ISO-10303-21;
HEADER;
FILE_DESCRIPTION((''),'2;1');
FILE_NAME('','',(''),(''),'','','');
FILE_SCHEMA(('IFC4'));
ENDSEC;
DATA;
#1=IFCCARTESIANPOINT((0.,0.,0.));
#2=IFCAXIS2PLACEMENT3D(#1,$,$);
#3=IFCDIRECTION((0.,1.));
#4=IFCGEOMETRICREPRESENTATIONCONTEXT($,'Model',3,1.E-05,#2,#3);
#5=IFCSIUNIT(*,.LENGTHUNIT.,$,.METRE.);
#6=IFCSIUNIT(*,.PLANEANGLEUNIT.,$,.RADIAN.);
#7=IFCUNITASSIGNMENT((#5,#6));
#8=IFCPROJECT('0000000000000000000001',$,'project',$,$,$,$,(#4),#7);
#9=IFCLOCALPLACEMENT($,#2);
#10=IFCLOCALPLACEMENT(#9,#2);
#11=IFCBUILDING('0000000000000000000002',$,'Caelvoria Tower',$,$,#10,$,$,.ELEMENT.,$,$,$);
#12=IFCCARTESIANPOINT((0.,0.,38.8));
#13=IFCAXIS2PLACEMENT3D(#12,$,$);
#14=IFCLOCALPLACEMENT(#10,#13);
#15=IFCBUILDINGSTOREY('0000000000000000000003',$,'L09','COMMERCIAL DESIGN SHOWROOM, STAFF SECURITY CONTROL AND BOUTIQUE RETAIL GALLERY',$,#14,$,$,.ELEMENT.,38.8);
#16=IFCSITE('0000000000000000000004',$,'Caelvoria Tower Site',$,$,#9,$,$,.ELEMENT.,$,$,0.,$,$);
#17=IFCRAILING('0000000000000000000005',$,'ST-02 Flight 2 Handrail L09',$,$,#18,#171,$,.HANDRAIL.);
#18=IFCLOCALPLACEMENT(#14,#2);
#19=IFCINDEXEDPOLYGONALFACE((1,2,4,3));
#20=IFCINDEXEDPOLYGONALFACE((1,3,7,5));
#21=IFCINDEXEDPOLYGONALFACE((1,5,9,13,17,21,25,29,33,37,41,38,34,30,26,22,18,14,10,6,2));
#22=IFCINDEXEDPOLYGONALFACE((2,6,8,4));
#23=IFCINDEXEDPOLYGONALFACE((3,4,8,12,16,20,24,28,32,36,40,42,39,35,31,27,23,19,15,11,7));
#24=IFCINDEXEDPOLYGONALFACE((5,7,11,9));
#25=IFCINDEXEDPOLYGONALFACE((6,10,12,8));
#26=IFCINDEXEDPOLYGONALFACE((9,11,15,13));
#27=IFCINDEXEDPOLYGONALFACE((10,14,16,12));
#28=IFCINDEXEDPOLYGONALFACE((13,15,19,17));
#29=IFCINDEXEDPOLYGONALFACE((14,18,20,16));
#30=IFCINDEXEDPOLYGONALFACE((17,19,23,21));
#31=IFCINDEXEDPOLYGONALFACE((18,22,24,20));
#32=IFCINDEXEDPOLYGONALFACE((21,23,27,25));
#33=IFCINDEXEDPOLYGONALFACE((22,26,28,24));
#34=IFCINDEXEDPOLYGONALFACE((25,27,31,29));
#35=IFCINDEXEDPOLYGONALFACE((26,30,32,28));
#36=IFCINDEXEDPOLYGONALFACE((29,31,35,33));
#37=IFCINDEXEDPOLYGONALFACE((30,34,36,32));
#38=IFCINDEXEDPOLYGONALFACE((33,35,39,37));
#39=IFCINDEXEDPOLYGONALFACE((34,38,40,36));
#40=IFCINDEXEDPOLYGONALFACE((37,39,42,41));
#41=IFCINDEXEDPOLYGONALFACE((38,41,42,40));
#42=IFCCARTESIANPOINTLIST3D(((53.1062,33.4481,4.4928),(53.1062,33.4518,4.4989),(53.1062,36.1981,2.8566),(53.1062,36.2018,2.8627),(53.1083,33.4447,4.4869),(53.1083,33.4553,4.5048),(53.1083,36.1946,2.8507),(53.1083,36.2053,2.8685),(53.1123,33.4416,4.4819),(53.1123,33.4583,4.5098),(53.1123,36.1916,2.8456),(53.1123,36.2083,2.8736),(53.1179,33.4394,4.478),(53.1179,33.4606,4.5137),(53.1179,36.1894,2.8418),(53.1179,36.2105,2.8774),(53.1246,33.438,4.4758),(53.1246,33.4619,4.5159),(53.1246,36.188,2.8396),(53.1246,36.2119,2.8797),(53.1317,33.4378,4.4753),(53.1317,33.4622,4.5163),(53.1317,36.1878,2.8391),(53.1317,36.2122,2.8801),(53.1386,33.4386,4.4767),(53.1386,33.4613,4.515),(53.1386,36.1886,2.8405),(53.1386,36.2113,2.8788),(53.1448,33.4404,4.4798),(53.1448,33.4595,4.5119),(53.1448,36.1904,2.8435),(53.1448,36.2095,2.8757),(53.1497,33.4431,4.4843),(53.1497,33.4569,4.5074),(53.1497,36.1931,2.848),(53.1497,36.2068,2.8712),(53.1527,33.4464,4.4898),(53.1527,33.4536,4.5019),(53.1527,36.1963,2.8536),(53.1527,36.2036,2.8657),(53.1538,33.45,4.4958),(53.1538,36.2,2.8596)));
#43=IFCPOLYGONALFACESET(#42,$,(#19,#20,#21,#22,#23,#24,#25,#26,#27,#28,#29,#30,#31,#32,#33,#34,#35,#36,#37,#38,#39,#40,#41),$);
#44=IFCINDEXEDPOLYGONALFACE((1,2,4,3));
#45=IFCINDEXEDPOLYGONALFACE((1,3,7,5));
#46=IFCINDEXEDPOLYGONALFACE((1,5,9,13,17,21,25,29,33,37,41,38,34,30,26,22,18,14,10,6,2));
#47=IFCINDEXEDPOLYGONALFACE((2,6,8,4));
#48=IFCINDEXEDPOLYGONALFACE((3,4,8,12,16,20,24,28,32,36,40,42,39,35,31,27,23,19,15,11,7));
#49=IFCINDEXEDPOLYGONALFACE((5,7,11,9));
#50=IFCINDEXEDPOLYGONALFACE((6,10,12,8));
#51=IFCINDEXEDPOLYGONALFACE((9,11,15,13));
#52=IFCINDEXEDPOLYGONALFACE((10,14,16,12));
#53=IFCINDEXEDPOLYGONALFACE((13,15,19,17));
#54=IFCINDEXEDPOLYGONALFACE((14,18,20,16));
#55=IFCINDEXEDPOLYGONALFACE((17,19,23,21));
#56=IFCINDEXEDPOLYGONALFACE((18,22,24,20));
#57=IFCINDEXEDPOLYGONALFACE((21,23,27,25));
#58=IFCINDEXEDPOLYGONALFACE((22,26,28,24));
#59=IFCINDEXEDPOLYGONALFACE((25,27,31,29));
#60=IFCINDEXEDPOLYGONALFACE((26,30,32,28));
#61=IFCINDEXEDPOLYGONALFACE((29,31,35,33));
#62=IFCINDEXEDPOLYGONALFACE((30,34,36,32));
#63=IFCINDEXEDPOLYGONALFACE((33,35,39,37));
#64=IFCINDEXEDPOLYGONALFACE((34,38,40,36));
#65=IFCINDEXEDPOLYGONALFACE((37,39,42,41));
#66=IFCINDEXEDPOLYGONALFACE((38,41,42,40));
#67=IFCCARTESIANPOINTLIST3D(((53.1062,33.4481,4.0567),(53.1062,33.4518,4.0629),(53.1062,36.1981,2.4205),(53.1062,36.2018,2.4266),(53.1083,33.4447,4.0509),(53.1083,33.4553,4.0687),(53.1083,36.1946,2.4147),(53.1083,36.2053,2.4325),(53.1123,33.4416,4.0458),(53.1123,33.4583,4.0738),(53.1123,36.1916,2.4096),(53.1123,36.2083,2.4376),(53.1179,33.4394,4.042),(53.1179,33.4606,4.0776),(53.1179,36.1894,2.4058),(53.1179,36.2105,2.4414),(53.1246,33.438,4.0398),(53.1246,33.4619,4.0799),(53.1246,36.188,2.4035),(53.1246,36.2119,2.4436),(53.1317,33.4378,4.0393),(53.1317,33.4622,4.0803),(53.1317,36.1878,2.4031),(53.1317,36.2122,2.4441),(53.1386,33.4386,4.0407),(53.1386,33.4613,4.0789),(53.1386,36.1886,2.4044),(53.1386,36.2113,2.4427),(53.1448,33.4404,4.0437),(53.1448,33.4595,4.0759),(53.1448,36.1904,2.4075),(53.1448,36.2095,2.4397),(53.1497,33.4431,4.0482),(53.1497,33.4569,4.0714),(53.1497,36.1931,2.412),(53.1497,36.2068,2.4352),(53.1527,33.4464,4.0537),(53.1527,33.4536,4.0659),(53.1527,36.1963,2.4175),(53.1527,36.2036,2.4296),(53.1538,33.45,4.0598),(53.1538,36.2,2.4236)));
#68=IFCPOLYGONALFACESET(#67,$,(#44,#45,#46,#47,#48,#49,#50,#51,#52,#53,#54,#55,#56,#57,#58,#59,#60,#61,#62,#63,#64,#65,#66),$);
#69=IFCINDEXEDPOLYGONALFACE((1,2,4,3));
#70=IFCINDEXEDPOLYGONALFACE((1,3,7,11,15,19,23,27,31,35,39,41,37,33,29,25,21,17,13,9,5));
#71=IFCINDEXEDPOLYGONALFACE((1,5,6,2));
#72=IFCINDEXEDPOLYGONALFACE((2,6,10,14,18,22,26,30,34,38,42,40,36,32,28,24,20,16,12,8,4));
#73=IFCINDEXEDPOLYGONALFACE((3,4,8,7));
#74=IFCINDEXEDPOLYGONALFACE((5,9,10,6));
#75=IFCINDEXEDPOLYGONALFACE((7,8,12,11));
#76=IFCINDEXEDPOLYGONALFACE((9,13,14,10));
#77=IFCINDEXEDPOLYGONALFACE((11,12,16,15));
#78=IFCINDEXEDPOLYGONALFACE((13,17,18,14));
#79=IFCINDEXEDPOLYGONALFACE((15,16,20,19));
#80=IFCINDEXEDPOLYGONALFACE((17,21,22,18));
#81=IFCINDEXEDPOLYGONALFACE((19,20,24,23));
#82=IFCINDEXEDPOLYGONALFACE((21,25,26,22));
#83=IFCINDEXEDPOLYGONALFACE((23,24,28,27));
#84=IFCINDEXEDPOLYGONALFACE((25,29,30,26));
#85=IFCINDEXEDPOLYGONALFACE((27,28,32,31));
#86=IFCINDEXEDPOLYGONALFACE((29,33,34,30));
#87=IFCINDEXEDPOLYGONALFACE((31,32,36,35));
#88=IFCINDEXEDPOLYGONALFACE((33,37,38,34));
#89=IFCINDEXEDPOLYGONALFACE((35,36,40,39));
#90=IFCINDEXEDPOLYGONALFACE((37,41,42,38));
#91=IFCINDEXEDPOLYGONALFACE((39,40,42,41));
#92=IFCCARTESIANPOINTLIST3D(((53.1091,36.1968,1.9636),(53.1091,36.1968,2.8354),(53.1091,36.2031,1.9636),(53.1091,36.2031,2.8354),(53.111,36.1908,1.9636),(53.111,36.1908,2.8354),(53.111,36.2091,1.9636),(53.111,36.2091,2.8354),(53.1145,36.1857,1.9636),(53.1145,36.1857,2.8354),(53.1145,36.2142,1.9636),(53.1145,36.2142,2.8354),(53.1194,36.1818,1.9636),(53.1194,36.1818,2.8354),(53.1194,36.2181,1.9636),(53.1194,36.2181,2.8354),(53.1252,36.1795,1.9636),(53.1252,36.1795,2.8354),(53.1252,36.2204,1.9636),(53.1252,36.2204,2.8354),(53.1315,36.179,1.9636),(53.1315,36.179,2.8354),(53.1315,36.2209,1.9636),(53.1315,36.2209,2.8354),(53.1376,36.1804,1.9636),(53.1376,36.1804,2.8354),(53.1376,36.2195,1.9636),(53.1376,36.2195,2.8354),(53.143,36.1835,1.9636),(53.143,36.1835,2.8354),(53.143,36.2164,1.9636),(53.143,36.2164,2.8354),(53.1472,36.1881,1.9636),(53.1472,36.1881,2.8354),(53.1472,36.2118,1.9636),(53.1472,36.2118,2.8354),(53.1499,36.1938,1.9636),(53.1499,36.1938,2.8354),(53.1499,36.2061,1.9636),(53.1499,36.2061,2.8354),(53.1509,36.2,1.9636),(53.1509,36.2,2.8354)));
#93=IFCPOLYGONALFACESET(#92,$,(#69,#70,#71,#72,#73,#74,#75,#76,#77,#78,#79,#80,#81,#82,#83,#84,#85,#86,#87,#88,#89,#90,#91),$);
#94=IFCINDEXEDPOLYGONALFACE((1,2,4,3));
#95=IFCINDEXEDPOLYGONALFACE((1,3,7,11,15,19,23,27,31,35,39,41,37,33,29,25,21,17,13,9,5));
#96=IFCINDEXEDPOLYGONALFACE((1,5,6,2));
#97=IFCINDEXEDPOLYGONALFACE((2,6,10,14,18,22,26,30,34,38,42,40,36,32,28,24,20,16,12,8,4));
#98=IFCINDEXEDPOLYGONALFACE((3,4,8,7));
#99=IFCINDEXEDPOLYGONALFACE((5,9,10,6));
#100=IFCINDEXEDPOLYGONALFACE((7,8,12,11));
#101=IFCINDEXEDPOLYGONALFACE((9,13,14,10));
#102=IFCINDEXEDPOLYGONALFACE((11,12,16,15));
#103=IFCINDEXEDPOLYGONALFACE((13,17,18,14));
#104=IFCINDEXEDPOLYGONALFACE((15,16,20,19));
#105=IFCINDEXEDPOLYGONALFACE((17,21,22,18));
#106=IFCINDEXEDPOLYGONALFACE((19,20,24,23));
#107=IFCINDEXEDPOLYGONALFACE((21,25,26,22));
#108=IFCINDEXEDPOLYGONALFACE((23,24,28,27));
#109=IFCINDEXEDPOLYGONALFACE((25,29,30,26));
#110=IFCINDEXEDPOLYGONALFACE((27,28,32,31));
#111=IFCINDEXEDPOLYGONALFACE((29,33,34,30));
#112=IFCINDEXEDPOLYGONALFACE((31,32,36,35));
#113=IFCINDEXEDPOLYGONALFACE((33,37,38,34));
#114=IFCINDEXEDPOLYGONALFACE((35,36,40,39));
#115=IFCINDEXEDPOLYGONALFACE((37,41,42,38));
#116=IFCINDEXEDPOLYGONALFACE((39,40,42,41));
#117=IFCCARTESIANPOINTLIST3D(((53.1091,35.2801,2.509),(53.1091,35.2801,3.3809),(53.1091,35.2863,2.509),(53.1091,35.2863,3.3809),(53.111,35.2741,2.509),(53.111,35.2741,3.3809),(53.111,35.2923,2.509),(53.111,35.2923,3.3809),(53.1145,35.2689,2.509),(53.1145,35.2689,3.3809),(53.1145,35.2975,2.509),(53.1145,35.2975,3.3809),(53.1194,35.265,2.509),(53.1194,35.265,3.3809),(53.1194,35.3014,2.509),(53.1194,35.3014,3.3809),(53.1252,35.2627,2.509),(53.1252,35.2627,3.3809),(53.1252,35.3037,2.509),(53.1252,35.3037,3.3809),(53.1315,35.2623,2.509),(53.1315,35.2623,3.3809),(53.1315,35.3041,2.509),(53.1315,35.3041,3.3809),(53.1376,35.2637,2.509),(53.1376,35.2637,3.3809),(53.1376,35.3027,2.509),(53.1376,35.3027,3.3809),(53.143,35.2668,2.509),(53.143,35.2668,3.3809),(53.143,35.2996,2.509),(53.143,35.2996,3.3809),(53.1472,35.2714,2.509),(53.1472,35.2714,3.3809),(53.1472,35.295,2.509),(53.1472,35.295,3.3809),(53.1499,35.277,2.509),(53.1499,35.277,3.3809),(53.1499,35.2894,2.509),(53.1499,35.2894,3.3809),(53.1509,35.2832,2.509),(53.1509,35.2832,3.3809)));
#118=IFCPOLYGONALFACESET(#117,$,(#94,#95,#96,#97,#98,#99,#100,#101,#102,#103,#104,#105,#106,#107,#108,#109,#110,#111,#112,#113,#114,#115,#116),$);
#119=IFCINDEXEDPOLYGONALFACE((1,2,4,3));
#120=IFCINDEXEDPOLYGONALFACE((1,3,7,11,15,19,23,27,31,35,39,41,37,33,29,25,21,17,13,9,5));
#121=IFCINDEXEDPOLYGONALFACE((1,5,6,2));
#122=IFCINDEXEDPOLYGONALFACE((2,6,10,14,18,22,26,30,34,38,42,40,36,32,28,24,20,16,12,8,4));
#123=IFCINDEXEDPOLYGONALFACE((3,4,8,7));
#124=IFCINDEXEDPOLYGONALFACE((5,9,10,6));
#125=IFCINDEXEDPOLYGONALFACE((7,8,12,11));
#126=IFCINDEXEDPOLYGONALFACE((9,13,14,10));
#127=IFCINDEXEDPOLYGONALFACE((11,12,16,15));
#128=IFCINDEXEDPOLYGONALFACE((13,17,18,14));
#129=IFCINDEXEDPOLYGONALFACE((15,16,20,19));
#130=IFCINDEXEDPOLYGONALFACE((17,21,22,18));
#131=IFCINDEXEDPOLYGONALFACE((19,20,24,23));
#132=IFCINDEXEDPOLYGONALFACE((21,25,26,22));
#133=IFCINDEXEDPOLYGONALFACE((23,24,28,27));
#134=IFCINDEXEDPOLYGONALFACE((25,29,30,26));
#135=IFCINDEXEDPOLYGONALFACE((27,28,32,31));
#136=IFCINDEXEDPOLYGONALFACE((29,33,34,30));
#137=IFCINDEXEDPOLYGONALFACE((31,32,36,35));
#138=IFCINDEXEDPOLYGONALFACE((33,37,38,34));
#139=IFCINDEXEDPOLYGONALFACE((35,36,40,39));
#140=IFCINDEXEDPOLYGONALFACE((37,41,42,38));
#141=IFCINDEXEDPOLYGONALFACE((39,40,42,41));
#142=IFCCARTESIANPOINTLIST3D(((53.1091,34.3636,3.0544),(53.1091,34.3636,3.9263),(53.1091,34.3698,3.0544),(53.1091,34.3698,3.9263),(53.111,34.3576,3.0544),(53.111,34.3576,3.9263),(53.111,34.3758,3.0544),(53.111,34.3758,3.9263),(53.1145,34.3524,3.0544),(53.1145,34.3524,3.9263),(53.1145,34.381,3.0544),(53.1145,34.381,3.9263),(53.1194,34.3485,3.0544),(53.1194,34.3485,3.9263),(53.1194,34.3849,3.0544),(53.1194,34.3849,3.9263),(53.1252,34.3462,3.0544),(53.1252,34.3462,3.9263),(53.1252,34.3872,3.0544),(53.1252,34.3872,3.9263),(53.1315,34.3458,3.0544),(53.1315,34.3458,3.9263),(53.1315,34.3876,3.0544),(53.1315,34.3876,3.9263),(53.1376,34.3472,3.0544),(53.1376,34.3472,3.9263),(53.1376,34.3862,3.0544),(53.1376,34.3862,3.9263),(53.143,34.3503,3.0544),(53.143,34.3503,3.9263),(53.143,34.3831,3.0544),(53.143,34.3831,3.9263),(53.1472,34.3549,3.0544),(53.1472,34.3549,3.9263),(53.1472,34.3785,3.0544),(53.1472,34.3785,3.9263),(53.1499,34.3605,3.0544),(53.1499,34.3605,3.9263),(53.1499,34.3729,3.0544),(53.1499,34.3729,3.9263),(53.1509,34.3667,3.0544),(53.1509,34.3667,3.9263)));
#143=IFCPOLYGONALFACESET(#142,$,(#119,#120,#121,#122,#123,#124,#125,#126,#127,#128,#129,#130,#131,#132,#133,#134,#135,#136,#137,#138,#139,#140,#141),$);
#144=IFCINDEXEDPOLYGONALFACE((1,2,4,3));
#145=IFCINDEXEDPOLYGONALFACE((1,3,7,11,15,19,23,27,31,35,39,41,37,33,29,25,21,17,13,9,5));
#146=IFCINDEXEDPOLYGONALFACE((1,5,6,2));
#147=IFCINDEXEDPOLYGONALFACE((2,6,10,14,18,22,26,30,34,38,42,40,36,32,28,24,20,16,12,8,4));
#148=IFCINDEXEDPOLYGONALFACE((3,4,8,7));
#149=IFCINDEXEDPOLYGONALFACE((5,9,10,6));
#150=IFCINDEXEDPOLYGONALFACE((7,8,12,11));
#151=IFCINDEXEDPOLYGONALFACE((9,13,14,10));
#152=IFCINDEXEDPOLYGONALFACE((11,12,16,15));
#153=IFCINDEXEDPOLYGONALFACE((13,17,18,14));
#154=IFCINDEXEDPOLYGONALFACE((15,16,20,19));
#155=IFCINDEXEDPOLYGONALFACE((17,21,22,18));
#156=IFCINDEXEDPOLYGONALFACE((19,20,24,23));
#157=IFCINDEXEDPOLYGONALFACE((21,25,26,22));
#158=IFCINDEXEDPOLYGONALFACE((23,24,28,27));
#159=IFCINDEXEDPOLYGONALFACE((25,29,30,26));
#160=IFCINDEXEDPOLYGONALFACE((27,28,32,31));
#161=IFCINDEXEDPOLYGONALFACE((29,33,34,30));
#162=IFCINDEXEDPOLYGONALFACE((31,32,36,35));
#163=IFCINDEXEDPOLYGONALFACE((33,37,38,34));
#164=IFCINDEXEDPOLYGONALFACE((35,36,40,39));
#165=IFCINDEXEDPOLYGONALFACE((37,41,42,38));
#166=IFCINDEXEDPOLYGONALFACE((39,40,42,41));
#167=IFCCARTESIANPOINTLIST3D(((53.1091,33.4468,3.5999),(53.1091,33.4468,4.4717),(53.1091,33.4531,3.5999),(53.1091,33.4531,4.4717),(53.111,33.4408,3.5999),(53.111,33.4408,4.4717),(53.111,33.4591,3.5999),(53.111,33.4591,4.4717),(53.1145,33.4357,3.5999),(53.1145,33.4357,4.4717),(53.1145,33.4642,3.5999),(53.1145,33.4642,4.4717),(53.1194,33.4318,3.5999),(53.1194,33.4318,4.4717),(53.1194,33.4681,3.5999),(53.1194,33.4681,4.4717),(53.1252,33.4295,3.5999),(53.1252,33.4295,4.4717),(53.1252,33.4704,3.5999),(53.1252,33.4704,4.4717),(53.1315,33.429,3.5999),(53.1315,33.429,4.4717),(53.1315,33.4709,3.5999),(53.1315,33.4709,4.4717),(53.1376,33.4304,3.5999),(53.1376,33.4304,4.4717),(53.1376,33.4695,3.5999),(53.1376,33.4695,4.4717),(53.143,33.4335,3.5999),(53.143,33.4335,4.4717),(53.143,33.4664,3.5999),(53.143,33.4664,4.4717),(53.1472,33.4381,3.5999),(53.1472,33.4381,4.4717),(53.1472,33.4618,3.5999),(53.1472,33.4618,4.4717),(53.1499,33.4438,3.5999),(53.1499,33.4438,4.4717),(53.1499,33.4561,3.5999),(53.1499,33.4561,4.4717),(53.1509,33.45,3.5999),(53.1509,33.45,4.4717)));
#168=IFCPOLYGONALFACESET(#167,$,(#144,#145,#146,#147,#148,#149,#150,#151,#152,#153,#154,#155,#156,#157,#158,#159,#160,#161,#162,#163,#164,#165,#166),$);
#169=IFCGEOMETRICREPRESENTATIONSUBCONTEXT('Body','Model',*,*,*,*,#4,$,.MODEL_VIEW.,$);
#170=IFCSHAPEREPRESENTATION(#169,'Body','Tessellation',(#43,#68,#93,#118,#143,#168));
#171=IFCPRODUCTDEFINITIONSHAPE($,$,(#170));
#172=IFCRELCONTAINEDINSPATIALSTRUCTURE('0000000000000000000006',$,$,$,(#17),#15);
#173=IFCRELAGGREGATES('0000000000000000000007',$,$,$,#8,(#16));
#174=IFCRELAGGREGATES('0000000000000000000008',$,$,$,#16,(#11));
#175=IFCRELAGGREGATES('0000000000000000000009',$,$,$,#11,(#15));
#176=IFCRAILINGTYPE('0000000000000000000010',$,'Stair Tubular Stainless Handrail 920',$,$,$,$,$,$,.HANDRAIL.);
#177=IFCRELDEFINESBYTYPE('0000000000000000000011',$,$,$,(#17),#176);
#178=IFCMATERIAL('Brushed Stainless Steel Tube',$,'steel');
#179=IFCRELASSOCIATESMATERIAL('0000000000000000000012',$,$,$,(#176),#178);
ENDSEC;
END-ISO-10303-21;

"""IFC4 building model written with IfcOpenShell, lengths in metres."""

from ifc_helpers import new_model, si_unit, direction, frame, origin, origin_2d, place, context, subcontext, project, spatial, circle, extrude, material, type_object, element, save


model = new_model("IFC4")

# Units and contexts
model_context = context("Model", 3, precision=1e-05, world=origin(), true_north=direction((0.0, 1.0)))
body_context = subcontext(model_context, "Body", "Model", "MODEL_VIEW")
ifc_project = project(units=[si_unit("LENGTHUNIT", "METRE"), si_unit("PLANEANGLEUNIT", "RADIAN")], contexts=[model_context])

# Site, building, storey
site_placement = place(None, origin())
site = spatial("IfcSite", under=ifc_project, at=site_placement, Name="Caelvoria Tower Site", CompositionType="ELEMENT", RefElevation=0.0)
building_placement = place(site_placement, origin())
building = spatial("IfcBuilding", under=site, at=building_placement, Name="Caelvoria Tower", CompositionType="ELEMENT")
storey_placement = place(building_placement, frame((0.0, 0.0, 38.8)))
storey = spatial("IfcBuildingStorey", under=building, at=storey_placement, Name="L09", Description="COMMERCIAL DESIGN SHOWROOM, STAFF SECURITY CONTROL AND BOUTIQUE RETAIL GALLERY", CompositionType="ELEMENT", Elevation=38.8)

# Railing
ifc_material_1 = material(Name="Brushed Stainless Steel Tube", Category="steel")
railing_type_1 = type_object("IfcRailingType", Name="Stair Tubular Stainless Handrail 920", PredefinedType="HANDRAIL", material=ifc_material_1)
railing_1_placement = place(storey_placement, frame((53.1299, 36.2, 1.9636)))
element("IfcRailing", 1, at=railing_1_placement, inside=storey, type_object=railing_type_1, Name="ST-02 Flight 2 Handrail L09", PredefinedType="HANDRAIL", context=body_context, shape_type="SweptSolid", body=[
    extrude(circle(Radius=0.0239, at=origin_2d()), frame((0.0, 0.0, 0.896), z_axis=(0.0, -0.859385, 0.511328), x_axis=(1.0, 0.0, 0.0)), (0.0, 0.0, 1.0), 3.2),
    extrude(circle(Radius=0.0239, at=origin_2d()), frame((0.0, 0.0, 0.46), z_axis=(0.0, -0.859385, 0.511328), x_axis=(1.0, 0.0, 0.0)), (0.0, 0.0, 1.0), 3.2),
    extrude(circle(Radius=0.021, at=origin_2d()), origin(), (0.0, 0.0, 1.0), 0.8718),
    extrude(circle(Radius=0.021, at=origin_2d()), frame((0.0, -0.9167, 0.5454)), (0.0, 0.0, 1.0), 0.8718),
    extrude(circle(Radius=0.021, at=origin_2d()), frame((0.0, -1.8333, 1.0908)), (0.0, 0.0, 1.0), 0.8718),
    extrude(circle(Radius=0.021, at=origin_2d()), frame((0.0, -2.75, 1.6362)), (0.0, 0.0, 1.0), 0.8718),
])

save(model, "model.ifc")
